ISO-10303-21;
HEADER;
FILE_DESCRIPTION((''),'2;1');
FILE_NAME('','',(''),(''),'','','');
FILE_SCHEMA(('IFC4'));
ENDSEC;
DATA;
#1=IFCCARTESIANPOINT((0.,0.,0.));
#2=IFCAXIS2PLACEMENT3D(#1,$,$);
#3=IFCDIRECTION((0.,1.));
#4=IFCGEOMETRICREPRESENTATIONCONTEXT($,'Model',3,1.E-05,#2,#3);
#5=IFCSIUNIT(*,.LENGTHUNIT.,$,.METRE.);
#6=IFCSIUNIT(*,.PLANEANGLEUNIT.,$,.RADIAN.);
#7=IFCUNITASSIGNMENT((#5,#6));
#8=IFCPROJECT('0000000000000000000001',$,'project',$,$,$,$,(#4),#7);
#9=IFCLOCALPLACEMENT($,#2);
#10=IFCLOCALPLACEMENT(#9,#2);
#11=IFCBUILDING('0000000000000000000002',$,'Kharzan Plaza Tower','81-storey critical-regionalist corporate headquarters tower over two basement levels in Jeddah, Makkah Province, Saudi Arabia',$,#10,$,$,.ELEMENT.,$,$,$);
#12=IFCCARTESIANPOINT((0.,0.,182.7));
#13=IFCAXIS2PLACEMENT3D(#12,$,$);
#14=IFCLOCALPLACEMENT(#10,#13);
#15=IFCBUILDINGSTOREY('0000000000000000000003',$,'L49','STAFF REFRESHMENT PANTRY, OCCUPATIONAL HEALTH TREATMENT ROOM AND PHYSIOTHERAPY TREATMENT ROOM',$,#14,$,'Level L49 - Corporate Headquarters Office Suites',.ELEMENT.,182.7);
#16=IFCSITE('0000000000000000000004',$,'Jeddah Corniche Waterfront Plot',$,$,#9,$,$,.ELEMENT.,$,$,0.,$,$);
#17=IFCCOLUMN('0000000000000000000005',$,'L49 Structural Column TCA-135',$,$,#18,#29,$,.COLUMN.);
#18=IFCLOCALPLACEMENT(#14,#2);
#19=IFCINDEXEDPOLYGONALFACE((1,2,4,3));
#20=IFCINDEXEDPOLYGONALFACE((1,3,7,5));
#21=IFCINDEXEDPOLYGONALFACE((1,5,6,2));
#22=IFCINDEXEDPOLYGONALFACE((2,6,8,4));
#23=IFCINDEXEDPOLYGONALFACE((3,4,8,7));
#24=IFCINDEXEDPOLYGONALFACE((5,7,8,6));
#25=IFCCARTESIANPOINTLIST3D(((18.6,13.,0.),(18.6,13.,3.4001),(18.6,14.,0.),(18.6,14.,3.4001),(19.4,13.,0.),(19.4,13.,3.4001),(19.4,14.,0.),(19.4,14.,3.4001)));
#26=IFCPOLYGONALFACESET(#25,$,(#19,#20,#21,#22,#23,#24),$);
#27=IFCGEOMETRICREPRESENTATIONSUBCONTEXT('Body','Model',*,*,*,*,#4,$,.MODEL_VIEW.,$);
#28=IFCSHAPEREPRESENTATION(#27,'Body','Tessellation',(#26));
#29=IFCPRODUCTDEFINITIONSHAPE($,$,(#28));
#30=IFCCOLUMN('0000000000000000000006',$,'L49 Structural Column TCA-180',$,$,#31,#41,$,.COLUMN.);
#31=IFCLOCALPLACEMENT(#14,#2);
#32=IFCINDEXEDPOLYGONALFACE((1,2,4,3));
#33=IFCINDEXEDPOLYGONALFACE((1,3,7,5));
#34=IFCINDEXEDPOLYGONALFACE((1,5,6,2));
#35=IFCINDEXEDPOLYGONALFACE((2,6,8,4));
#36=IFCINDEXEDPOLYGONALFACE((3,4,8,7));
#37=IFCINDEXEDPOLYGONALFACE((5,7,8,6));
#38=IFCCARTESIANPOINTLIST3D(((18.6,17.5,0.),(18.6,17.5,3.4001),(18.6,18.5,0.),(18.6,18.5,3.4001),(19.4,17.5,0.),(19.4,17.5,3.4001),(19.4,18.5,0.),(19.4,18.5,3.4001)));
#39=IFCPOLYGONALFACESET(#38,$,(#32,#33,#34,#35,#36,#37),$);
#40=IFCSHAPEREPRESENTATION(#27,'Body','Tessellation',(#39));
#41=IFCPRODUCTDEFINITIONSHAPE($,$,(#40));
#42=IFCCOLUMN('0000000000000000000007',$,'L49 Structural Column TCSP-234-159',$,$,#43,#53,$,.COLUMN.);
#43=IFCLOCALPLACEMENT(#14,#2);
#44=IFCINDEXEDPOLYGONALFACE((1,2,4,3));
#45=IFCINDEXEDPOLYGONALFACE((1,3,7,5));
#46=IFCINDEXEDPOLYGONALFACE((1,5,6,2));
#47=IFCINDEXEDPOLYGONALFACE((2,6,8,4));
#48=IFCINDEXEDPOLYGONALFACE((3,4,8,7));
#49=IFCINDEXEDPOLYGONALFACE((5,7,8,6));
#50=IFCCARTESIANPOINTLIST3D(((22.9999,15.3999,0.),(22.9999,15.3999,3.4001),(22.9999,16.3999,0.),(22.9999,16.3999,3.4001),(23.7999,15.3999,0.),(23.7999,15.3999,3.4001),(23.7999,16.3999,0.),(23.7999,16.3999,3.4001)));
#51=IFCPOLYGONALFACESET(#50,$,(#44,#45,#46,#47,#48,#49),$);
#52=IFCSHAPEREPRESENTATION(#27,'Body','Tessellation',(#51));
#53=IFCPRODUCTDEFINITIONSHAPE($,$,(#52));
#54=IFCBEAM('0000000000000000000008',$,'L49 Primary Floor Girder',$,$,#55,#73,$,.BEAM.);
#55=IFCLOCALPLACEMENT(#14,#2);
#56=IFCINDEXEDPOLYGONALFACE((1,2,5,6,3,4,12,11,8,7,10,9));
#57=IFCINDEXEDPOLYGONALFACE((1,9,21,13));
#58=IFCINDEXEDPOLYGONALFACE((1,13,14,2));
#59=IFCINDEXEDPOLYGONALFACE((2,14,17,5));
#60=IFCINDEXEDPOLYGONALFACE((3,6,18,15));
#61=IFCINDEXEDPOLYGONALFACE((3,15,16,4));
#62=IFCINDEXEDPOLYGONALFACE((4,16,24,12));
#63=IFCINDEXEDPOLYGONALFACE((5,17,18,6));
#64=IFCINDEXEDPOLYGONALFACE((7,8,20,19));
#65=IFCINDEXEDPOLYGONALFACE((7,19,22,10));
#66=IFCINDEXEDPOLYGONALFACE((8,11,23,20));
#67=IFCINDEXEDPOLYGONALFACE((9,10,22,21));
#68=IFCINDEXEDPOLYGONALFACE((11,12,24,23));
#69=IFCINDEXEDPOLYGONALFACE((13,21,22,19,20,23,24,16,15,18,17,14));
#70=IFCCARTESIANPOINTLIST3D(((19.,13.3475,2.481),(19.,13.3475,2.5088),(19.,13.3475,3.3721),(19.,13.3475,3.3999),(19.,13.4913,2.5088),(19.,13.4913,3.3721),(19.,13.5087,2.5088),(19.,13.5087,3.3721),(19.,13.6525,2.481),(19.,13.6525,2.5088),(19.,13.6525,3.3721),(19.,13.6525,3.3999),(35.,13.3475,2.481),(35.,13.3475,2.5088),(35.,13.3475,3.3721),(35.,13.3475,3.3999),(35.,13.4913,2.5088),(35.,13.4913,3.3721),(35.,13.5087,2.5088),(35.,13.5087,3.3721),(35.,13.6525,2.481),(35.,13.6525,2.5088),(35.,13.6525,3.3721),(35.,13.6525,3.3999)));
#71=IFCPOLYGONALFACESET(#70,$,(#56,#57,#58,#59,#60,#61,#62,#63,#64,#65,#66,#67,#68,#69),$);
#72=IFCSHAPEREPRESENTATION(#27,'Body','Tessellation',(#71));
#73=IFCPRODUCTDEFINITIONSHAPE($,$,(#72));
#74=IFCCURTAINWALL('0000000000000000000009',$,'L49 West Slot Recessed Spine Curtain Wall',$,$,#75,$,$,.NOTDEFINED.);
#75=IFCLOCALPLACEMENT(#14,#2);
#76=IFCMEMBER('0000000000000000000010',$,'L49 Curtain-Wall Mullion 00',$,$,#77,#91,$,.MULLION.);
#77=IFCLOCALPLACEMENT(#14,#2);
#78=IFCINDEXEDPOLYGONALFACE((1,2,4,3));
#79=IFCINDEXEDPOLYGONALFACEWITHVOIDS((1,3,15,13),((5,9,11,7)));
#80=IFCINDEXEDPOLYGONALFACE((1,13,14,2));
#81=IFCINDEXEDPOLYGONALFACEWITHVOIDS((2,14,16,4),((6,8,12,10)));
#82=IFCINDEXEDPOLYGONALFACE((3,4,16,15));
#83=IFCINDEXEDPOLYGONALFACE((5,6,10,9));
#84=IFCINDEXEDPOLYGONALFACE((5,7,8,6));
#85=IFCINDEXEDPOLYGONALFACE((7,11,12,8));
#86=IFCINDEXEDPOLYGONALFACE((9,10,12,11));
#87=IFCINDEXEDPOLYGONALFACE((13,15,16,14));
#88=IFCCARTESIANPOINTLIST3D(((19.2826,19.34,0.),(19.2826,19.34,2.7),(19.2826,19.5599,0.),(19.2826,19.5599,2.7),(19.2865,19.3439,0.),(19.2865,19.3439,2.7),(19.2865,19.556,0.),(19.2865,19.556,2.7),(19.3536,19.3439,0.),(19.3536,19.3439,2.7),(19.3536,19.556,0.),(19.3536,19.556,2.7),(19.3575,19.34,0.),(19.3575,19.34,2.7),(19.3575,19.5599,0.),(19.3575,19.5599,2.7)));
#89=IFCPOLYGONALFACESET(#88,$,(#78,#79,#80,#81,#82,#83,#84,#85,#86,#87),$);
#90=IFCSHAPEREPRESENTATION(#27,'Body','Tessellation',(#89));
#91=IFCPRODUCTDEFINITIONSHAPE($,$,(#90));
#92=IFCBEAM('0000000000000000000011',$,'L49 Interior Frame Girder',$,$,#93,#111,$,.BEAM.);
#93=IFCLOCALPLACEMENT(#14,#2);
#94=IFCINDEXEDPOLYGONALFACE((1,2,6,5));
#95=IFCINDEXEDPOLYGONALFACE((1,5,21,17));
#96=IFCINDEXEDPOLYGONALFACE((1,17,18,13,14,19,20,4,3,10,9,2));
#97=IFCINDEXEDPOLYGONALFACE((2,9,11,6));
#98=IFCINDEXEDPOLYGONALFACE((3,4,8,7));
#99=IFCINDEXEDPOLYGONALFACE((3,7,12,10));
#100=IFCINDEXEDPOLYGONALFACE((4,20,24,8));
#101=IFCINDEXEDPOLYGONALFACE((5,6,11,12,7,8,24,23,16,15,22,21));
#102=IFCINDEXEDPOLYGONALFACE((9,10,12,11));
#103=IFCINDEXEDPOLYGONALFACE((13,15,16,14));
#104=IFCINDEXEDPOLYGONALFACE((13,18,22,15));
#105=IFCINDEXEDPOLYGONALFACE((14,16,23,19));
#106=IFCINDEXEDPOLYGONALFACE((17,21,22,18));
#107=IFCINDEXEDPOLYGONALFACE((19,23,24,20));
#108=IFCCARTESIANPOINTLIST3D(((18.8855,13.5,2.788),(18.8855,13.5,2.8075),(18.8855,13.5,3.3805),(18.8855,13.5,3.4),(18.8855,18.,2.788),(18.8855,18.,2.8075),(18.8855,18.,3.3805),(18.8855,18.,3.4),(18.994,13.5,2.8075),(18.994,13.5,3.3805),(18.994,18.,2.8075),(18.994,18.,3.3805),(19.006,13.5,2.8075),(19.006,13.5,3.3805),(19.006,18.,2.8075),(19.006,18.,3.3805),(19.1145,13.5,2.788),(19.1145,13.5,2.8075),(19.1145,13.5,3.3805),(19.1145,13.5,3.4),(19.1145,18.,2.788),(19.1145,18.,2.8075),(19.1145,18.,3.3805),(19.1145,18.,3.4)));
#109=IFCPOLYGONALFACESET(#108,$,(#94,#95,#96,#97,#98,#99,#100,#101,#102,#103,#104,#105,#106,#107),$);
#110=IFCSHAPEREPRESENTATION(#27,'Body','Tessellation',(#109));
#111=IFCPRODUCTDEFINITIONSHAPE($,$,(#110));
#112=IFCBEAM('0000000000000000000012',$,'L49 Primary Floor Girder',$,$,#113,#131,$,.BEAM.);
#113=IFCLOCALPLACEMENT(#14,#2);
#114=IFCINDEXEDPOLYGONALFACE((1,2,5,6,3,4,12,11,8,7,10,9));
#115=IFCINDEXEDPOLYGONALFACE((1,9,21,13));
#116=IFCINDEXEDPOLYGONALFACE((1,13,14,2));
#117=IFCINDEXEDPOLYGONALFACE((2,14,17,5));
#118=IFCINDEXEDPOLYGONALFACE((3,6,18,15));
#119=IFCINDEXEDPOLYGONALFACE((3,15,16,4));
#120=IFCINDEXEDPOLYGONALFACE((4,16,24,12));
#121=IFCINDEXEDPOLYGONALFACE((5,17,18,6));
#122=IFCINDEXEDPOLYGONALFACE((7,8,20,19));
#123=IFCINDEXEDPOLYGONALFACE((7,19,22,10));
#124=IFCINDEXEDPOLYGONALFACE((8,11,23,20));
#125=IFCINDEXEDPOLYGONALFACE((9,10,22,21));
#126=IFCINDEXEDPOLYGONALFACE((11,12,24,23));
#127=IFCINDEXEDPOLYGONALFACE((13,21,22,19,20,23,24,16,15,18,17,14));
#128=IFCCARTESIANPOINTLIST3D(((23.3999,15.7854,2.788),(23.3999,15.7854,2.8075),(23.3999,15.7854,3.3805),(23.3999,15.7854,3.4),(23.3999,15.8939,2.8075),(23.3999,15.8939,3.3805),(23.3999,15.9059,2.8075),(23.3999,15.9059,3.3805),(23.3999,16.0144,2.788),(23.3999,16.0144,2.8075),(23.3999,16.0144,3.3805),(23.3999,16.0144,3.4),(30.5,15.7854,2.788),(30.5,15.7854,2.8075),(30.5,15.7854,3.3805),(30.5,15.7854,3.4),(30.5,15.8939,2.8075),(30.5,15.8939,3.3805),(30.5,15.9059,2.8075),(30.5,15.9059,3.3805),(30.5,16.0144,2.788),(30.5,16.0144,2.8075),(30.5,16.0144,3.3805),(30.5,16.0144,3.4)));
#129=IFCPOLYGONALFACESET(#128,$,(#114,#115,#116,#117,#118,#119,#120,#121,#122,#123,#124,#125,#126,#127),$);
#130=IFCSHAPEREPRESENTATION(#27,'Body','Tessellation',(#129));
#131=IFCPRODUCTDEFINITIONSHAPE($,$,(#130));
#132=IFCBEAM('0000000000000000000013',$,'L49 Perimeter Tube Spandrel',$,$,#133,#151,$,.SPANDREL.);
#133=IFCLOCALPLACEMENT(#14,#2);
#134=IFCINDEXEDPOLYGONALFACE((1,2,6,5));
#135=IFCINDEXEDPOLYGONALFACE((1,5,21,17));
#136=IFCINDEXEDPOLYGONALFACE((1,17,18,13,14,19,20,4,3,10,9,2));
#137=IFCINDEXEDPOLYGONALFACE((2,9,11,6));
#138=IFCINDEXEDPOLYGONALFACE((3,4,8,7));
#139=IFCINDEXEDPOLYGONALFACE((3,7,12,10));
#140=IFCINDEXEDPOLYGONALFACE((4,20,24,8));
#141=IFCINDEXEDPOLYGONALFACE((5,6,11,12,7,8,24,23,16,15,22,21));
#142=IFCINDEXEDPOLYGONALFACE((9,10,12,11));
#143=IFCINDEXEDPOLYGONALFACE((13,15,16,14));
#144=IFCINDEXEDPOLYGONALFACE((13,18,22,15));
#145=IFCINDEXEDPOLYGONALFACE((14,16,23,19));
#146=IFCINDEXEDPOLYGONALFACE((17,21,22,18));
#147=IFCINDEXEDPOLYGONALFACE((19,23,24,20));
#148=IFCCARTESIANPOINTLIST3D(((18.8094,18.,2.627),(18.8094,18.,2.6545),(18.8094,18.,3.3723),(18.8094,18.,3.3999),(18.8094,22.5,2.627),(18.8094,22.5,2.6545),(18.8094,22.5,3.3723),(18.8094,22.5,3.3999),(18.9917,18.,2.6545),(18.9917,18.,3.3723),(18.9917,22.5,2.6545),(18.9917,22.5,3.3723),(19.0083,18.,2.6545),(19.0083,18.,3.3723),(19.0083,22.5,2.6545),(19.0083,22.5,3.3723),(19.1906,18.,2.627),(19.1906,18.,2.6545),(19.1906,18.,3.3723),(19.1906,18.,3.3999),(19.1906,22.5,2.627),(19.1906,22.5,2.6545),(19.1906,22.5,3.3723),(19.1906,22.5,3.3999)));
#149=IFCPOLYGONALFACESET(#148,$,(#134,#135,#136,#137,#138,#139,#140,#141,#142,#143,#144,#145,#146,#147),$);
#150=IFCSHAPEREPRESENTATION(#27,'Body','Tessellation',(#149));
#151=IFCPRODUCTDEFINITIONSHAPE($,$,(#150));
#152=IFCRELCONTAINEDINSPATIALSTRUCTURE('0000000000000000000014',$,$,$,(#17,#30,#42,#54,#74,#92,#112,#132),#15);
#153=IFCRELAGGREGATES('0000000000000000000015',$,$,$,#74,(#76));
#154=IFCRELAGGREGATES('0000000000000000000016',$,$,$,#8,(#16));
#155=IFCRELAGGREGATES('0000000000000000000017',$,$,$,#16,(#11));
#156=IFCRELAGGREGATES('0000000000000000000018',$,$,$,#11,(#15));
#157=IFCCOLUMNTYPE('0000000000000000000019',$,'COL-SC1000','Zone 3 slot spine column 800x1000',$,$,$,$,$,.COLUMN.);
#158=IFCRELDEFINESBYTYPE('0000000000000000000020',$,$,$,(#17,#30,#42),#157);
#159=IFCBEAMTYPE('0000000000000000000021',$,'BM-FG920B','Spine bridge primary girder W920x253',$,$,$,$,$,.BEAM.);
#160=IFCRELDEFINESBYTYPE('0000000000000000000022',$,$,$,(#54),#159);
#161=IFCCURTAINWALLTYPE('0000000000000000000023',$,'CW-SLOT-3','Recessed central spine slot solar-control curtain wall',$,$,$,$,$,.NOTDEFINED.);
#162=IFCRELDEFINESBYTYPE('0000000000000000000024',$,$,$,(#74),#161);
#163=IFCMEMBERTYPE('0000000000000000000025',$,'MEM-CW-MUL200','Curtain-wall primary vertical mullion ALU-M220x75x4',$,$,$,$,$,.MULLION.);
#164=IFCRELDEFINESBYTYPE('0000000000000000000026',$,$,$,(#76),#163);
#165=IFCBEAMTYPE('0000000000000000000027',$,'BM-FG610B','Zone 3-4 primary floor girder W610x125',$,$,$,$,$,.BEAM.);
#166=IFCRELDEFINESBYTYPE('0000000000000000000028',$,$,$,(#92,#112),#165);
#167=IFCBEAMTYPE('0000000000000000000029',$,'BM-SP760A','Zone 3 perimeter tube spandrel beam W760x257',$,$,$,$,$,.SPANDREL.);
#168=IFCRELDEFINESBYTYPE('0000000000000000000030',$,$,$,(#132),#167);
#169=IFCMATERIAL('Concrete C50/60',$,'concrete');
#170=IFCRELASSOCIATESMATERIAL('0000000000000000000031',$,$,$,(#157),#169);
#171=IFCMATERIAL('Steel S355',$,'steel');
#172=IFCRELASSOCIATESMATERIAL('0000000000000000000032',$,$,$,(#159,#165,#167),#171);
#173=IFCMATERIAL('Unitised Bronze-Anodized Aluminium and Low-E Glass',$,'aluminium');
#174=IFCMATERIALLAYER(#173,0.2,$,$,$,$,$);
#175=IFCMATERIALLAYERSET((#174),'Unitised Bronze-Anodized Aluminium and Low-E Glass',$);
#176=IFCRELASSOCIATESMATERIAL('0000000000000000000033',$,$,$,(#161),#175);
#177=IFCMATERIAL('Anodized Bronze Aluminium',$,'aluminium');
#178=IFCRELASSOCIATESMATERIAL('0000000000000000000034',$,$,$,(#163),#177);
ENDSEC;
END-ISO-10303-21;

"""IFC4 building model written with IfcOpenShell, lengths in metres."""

from ifc_helpers import new_model, si_unit, direction, frame, origin, origin_2d, place, context, subcontext, project, spatial, rectangle, hollow_rectangle, i_section, extrude, source, transform, mapped, material, layer, layer_set, material_profile, profile_set, type_object, element, aggregate, save


model = new_model("IFC4")

# Units and contexts
model_context = context("Model", 3, precision=1e-05, world=origin(), true_north=direction((0.0, 1.0)))
body_context = subcontext(model_context, "Body", "Model", "MODEL_VIEW")
ifc_project = project(units=[si_unit("LENGTHUNIT", "METRE"), si_unit("PLANEANGLEUNIT", "RADIAN")], contexts=[model_context])

# Site, building, storey
site_placement = place(None, origin())
site = spatial("IfcSite", under=ifc_project, at=site_placement, Name="Jeddah Corniche Waterfront Plot", CompositionType="ELEMENT", RefElevation=0.0)
building_placement = place(site_placement, origin())
building = spatial("IfcBuilding", under=site, at=building_placement, Name="Kharzan Plaza Tower", Description="81-storey critical-regionalist corporate headquarters tower over two basement levels in Jeddah, Makkah Province, Saudi Arabia", CompositionType="ELEMENT")
storey_placement = place(building_placement, frame((0.0, 0.0, 182.7)))
storey = spatial("IfcBuildingStorey", under=building, at=storey_placement, Name="L49", Description="STAFF REFRESHMENT PANTRY, OCCUPATIONAL HEALTH TREATMENT ROOM AND PHYSIOTHERAPY TREATMENT ROOM", LongName="Level L49 - Corporate Headquarters Office Suites", CompositionType="ELEMENT", Elevation=182.7)

# Columns
ifc_material_1 = material(Name="Concrete C50/60", Category="concrete")
ifc_material_profile_1 = material_profile(ifc_material_1, rectangle(XDim=0.8, YDim=1.0, at=origin_2d()), Name="RC-SC1000x800")
ifc_profile_set_1 = profile_set([ifc_material_profile_1], Name="Concrete C50/60")
column_type = type_object("IfcColumnType", Name="COL-SC1000", Description="Zone 3 slot spine column 800x1000", PredefinedType="COLUMN", material=ifc_profile_set_1)
shared_shape_1 = source(origin(), body_context, "Body", "SweptSolid", [
    extrude(rectangle(XDim=0.8, YDim=1.0, at=origin_2d()), origin(), (0.0, 0.0, 1.0), 3.4001),
])
for number, where, z_axis, x_axis, name in (
    (1, (19.0, 13.5, 0.0), (0.0, 0.0, 1.0), (1.0, 0.0, 0.0), "L49 Structural Column TCA-135"),
    (2, (19.0, 18.0, 0.0), (0.0, 0.0, 1.0), (1.0, 0.0, 0.0), "L49 Structural Column TCA-180"),
    (3, (23.3999, 15.8999, 0.0), (0.0, 0.0, 1.0), (1.0, 0.0, 0.0), "L49 Structural Column TCSP-234-159"),
):
    element("IfcColumn", number, at=place(storey_placement, frame(where, z_axis=z_axis, x_axis=x_axis)), inside=storey, type_object=column_type, Name=name, PredefinedType="COLUMN", context=body_context, shape_type="MappedRepresentation", body=[
        mapped(shared_shape_1, transform((0.0, 0.0, 0.0), x_axis=(1.0, 0.0, 0.0), y_axis=(0.0, 1.0, 0.0), z_axis=(0.0, 0.0, 1.0))),
    ])

# Beam
ifc_material_2 = material(Name="Steel S355", Category="steel")
ifc_material_profile_2 = material_profile(ifc_material_2, i_section(OverallWidth=0.3049, OverallDepth=0.9189, WebThickness=0.0173, FlangeThickness=0.0278, at=origin_2d()), Name="W920x253")
ifc_profile_set_2 = profile_set([ifc_material_profile_2], Name="Steel S355")
beam_type_1 = type_object("IfcBeamType", Name="BM-FG920B", Description="Spine bridge primary girder W920x253", PredefinedType="BEAM", material=ifc_profile_set_2)
shared_shape_2 = source(origin(), body_context, "Body", "SweptSolid", [
    extrude(i_section(OverallWidth=0.3049, OverallDepth=0.9189, WebThickness=0.0173, FlangeThickness=0.0278, at=origin_2d()), origin(), (0.0, 0.0, 1.0), 16.0),
])
beam_1_placement = place(storey_placement, frame((19.0, 13.5, 2.9404), z_axis=(1.0, 0.0, 0.0), x_axis=(0.0, 1.0, 0.0)))
element("IfcBeam", 4, at=beam_1_placement, inside=storey, type_object=beam_type_1, Name="L49 Primary Floor Girder", PredefinedType="BEAM", context=body_context, shape_type="MappedRepresentation", body=[
    mapped(shared_shape_2, transform((0.0, 0.0, 0.0), x_axis=(1.0, 0.0, 0.0), y_axis=(0.0, 1.0, 0.0), z_axis=(0.0, 0.0, 1.0))),
])

# Curtain wall, member
ifc_material_3 = material(Name="Unitised Bronze-Anodized Aluminium and Low-E Glass", Category="aluminium")
ifc_layer_1 = layer(ifc_material_3, 0.2)
ifc_layer_set_1 = layer_set([ifc_layer_1], Name="Unitised Bronze-Anodized Aluminium and Low-E Glass")
curtain_wall_type = type_object("IfcCurtainWallType", Name="CW-SLOT-3", Description="Recessed central spine slot solar-control curtain wall", PredefinedType="NOTDEFINED", material=ifc_layer_set_1)
curtain_wall_placement = place(storey_placement, origin())
curtain_wall = element("IfcCurtainWall", 5, at=curtain_wall_placement, inside=storey, type_object=curtain_wall_type, Name="L49 West Slot Recessed Spine Curtain Wall", PredefinedType="NOTDEFINED")
ifc_material_4 = material(Name="Anodized Bronze Aluminium", Category="aluminium")
ifc_material_profile_3 = material_profile(ifc_material_4, hollow_rectangle(XDim=0.075, YDim=0.22, WallThickness=0.0039, at=origin_2d()), Name="ALU-M220x75x4")
ifc_profile_set_3 = profile_set([ifc_material_profile_3], Name="Anodized Bronze Aluminium")
member_type = type_object("IfcMemberType", Name="MEM-CW-MUL200", Description="Curtain-wall primary vertical mullion ALU-M220x75x4", PredefinedType="MULLION", material=ifc_profile_set_3)
shared_shape_3 = source(origin(), body_context, "Body", "SweptSolid", [
    extrude(hollow_rectangle(XDim=0.075, YDim=0.22, WallThickness=0.0039, at=origin_2d()), origin(), (0.0, 0.0, 1.0), 2.7),
])
member_placement = place(storey_placement, frame((19.3201, 19.45, 0.0), z_axis=(0.0, 0.0, 1.0), x_axis=(1.0, 0.0, 0.0)))
member = element("IfcMember", 6, at=member_placement, type_object=member_type, Name="L49 Curtain-Wall Mullion 00", PredefinedType="MULLION", context=body_context, shape_type="MappedRepresentation", body=[
    mapped(shared_shape_3, transform((0.0, 0.0, 0.0), x_axis=(1.0, 0.0, 0.0), y_axis=(0.0, 1.0, 0.0), z_axis=(0.0, 0.0, 1.0))),
])
aggregate(curtain_wall, [member])

# Beams
ifc_material_profile_4 = material_profile(ifc_material_2, i_section(OverallWidth=0.229, OverallDepth=0.6121, WebThickness=0.012, FlangeThickness=0.0195, at=origin_2d()), Name="W610x125")
ifc_profile_set_4 = profile_set([ifc_material_profile_4], Name="Steel S355")
beam_type_2 = type_object("IfcBeamType", Name="BM-FG610B", Description="Zone 3-4 primary floor girder W610x125", PredefinedType="BEAM", material=ifc_profile_set_4)
shared_shape_4 = source(origin(), body_context, "Body", "SweptSolid", [
    extrude(i_section(OverallWidth=0.229, OverallDepth=0.6121, WebThickness=0.012, FlangeThickness=0.0195, at=origin_2d()), origin(), (0.0, 0.0, 1.0), 4.5),
])
beam_2_placement = place(storey_placement, frame((19.0, 13.5, 3.094), z_axis=(0.0, 1.0, 0.0), x_axis=(-1.0, 0.0, 0.0)))
element("IfcBeam", 7, at=beam_2_placement, inside=storey, type_object=beam_type_2, Name="L49 Interior Frame Girder", PredefinedType="BEAM", context=body_context, shape_type="MappedRepresentation", body=[
    mapped(shared_shape_4, transform((0.0, 0.0, 0.0), x_axis=(1.0, 0.0, 0.0), y_axis=(0.0, 1.0, 0.0), z_axis=(0.0, 0.0, 1.0))),
])
shared_shape_5 = source(origin(), body_context, "Body", "SweptSolid", [
    extrude(i_section(OverallWidth=0.229, OverallDepth=0.6121, WebThickness=0.012, FlangeThickness=0.0195, at=origin_2d()), origin(), (0.0, 0.0, 1.0), 7.1001),
])
beam_3_placement = place(storey_placement, frame((23.3999, 15.8999, 3.094), z_axis=(1.0, 0.0, 0.0), x_axis=(0.0, 1.0, 0.0)))
element("IfcBeam", 8, at=beam_3_placement, inside=storey, type_object=beam_type_2, Name="L49 Primary Floor Girder", PredefinedType="BEAM", context=body_context, shape_type="MappedRepresentation", body=[
    mapped(shared_shape_5, transform((0.0, 0.0, 0.0), x_axis=(1.0, 0.0, 0.0), y_axis=(0.0, 1.0, 0.0), z_axis=(0.0, 0.0, 1.0))),
])
ifc_material_profile_5 = material_profile(ifc_material_2, i_section(OverallWidth=0.3811, OverallDepth=0.7729, WebThickness=0.0166, FlangeThickness=0.0276, at=origin_2d()), Name="W760x257")
ifc_profile_set_5 = profile_set([ifc_material_profile_5], Name="Steel S355")
beam_type_3 = type_object("IfcBeamType", Name="BM-SP760A", Description="Zone 3 perimeter tube spandrel beam W760x257", PredefinedType="SPANDREL", material=ifc_profile_set_5)
shared_shape_6 = source(origin(), body_context, "Body", "SweptSolid", [
    extrude(i_section(OverallWidth=0.3811, OverallDepth=0.7729, WebThickness=0.0166, FlangeThickness=0.0276, at=origin_2d()), origin(), (0.0, 0.0, 1.0), 4.5),
])
beam_4_placement = place(storey_placement, frame((19.0, 18.0, 3.0134), z_axis=(0.0, 1.0, 0.0), x_axis=(-1.0, 0.0, 0.0)))
element("IfcBeam", 9, at=beam_4_placement, inside=storey, type_object=beam_type_3, Name="L49 Perimeter Tube Spandrel", PredefinedType="SPANDREL", context=body_context, shape_type="MappedRepresentation", body=[
    mapped(shared_shape_6, transform((0.0, 0.0, 0.0), x_axis=(1.0, 0.0, 0.0), y_axis=(0.0, 1.0, 0.0), z_axis=(0.0, 0.0, 1.0))),
])

save(model, "model.ifc")
